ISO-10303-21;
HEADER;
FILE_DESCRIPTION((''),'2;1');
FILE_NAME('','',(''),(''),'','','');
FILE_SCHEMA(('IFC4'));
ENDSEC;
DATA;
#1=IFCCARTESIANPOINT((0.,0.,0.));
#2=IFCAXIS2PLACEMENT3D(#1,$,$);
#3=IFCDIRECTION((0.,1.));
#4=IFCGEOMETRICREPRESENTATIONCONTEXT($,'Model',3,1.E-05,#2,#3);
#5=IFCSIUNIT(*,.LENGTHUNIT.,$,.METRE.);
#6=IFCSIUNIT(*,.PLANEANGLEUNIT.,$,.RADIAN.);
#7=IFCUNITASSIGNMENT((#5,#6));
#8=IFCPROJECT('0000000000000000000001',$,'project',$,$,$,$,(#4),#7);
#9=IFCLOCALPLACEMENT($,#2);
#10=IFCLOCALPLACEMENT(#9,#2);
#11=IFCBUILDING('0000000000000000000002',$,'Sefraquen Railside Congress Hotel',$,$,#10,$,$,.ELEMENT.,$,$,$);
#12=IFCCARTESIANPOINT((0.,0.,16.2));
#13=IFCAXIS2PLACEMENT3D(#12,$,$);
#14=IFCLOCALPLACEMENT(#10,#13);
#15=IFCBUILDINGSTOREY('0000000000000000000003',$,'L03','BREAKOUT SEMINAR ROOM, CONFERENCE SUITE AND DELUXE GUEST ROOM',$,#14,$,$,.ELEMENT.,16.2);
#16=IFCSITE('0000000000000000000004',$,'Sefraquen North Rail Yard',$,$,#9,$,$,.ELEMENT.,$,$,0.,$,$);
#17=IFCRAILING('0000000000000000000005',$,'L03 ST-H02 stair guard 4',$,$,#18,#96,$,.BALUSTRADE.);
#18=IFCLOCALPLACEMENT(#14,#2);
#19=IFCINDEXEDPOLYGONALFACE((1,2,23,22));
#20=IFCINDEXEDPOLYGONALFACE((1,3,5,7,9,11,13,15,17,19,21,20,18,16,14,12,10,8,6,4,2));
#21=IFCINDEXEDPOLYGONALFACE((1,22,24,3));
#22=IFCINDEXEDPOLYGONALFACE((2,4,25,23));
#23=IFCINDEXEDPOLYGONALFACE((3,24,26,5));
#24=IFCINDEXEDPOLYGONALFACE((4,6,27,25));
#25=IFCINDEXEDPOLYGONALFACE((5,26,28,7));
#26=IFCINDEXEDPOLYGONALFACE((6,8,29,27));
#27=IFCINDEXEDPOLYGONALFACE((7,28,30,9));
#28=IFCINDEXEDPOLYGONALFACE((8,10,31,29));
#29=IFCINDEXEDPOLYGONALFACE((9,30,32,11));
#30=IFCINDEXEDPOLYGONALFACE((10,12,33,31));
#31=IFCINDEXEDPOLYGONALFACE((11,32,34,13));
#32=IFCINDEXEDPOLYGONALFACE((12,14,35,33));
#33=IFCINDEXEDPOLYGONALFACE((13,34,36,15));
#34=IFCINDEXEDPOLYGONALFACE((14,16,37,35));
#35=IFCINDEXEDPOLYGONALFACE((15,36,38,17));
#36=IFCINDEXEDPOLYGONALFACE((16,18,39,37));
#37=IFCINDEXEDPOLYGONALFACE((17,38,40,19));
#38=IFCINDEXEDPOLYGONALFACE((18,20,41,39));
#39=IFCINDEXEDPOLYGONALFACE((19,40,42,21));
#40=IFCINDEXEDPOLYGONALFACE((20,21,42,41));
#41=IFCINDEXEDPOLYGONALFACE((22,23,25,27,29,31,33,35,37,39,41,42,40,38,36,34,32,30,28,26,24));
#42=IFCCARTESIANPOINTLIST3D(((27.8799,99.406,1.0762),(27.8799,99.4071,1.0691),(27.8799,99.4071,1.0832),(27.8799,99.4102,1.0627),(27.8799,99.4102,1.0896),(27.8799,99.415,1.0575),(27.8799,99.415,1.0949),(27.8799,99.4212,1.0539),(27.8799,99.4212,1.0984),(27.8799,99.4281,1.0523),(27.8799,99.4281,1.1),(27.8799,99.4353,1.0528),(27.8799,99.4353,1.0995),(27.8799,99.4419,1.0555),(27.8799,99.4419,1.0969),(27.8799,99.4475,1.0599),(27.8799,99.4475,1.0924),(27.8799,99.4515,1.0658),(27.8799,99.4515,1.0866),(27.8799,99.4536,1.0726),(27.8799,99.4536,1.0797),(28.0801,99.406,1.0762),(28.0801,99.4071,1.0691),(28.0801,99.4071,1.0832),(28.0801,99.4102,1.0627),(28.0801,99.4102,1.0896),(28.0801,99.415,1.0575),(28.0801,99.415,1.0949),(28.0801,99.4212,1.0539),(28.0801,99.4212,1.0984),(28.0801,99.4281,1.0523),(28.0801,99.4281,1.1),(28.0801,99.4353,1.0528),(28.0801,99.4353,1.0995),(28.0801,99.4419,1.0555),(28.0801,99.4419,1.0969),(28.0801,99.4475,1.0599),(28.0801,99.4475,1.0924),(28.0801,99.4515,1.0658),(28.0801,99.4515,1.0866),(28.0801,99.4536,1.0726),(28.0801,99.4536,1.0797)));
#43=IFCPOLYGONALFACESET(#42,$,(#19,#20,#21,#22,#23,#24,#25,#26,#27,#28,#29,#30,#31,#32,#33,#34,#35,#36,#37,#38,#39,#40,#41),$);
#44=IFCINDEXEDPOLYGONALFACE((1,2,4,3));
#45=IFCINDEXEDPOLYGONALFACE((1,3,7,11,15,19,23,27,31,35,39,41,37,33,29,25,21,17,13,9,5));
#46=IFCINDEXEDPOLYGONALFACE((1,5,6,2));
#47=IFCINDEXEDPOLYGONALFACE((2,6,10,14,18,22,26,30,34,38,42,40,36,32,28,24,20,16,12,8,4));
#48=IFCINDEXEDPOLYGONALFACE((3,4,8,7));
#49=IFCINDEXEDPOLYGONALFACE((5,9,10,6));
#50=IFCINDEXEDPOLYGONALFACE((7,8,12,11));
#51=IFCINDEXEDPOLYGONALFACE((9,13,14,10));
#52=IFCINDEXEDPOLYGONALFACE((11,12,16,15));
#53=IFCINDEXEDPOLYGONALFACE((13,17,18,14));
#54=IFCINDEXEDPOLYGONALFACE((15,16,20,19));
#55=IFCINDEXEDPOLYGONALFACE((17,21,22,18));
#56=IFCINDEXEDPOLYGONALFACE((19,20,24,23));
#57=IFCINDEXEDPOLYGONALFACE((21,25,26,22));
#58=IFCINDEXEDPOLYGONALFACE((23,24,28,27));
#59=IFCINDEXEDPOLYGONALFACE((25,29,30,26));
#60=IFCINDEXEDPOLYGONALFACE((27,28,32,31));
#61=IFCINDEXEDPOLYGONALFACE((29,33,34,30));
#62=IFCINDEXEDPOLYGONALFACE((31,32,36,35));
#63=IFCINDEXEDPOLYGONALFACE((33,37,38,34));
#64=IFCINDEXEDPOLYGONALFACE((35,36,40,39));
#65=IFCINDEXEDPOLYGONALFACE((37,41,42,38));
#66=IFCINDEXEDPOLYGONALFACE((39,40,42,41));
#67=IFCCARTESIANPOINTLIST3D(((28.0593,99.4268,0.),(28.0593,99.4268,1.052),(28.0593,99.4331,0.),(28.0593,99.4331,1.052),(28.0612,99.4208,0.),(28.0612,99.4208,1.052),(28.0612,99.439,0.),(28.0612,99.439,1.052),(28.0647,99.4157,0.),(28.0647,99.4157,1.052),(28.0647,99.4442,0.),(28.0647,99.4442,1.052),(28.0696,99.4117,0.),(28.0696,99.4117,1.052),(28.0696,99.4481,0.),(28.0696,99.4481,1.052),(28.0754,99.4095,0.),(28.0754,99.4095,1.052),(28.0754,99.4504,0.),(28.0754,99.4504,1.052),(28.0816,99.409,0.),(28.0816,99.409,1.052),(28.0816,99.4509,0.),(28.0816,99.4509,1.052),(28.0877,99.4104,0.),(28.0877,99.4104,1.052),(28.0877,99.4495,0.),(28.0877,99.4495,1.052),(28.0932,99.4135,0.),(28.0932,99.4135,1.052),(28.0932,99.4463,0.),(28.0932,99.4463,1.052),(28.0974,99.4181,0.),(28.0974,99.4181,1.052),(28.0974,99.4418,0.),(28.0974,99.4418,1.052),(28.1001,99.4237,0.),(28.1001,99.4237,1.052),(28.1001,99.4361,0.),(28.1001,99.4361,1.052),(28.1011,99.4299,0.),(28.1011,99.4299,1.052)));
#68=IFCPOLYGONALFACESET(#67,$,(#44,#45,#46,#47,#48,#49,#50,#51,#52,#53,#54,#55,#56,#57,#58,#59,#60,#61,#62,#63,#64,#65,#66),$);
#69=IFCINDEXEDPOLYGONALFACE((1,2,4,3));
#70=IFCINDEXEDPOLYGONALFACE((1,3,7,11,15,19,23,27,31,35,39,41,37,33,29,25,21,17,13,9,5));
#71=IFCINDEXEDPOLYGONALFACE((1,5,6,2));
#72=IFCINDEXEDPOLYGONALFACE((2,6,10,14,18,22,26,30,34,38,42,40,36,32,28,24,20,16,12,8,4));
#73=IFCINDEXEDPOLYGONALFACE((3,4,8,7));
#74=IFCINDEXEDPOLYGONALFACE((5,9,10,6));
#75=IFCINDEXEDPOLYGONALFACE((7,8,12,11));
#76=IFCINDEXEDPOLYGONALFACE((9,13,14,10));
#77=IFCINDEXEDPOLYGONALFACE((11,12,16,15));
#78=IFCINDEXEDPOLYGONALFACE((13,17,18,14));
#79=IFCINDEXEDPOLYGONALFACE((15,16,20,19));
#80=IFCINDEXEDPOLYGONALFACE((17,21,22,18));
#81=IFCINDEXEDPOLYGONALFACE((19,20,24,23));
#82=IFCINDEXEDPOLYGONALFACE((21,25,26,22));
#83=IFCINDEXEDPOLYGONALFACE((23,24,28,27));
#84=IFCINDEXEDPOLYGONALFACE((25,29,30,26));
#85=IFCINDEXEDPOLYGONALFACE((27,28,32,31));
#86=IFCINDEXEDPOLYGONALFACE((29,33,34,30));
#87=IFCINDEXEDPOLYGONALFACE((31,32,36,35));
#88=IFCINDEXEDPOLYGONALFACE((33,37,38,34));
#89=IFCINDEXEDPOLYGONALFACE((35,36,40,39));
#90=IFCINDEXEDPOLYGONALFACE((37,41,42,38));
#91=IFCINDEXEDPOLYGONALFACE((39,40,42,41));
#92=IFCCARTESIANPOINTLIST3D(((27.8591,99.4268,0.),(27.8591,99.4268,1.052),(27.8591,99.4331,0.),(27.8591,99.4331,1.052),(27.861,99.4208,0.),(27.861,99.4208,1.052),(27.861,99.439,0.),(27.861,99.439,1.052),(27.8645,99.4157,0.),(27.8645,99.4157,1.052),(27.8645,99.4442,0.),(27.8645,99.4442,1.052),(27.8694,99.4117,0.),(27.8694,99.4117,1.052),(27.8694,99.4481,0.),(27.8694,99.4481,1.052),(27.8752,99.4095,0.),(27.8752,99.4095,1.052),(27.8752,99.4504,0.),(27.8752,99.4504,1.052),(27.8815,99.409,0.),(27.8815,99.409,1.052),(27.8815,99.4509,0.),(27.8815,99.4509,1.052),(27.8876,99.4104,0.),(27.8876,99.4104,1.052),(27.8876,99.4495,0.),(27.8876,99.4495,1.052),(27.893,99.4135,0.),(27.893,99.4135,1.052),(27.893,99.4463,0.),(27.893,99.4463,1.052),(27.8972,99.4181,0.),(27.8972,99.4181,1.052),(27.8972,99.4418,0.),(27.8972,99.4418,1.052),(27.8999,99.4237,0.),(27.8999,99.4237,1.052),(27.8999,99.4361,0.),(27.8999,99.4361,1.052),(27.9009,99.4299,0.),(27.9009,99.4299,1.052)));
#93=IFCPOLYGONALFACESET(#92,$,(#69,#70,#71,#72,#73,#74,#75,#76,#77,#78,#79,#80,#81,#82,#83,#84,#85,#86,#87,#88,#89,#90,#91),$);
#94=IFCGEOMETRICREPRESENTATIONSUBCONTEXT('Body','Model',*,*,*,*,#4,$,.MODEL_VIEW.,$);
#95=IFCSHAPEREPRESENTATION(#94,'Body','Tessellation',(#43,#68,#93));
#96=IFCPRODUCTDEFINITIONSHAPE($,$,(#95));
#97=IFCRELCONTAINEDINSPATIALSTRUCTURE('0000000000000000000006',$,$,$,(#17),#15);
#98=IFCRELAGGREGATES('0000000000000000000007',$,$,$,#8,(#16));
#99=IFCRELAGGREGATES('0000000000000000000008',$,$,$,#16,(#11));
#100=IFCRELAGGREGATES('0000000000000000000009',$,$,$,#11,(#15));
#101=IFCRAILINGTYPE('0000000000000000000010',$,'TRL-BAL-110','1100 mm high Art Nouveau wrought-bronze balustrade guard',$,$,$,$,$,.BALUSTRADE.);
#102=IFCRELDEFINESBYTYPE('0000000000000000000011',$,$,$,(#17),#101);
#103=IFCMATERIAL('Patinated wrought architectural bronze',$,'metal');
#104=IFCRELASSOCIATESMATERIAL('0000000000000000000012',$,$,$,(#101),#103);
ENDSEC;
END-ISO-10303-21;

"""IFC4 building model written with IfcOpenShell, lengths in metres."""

from ifc_helpers import new_model, si_unit, direction, frame, origin, origin_2d, place, context, subcontext, project, spatial, circle, extrude, material, type_object, element, save


model = new_model("IFC4")

# Units and contexts
model_context = context("Model", 3, precision=1e-05, world=origin(), true_north=direction((0.0, 1.0)))
body_context = subcontext(model_context, "Body", "Model", "MODEL_VIEW")
ifc_project = project(units=[si_unit("LENGTHUNIT", "METRE"), si_unit("PLANEANGLEUNIT", "RADIAN")], contexts=[model_context])

# Site, building, storey
site_placement = place(None, origin())
site = spatial("IfcSite", under=ifc_project, at=site_placement, Name="Sefraquen North Rail Yard", CompositionType="ELEMENT", RefElevation=0.0)
building_placement = place(site_placement, origin())
building = spatial("IfcBuilding", under=site, at=building_placement, Name="Sefraquen Railside Congress Hotel", CompositionType="ELEMENT")
storey_placement = place(building_placement, frame((0.0, 0.0, 16.2)))
storey = spatial("IfcBuildingStorey", under=building, at=storey_placement, Name="L03", Description="BREAKOUT SEMINAR ROOM, CONFERENCE SUITE AND DELUXE GUEST ROOM", CompositionType="ELEMENT", Elevation=16.2)

# Railing
ifc_material_1 = material(Name="Patinated wrought architectural bronze", Category="metal")
railing_type_1 = type_object("IfcRailingType", Name="TRL-BAL-110", Description="1100 mm high Art Nouveau wrought-bronze balustrade guard", PredefinedType="BALUSTRADE", material=ifc_material_1)
railing_1_placement = place(storey_placement, frame((28.0801, 99.4299, 0.0)))
element("IfcRailing", 1, at=railing_1_placement, inside=storey, type_object=railing_type_1, Name="L03 ST-H02 stair guard 4", PredefinedType="BALUSTRADE", context=body_context, shape_type="SweptSolid", body=[
    extrude(circle(Radius=0.0239, at=origin_2d()), frame((0.0, 0.0, 1.0762), z_axis=(-1.0, 0.0, 0.0), x_axis=(0.0, -1.0, 0.0)), (0.0, 0.0, 1.0), 0.2002),
    extrude(circle(Radius=0.021, at=origin_2d()), origin(), (0.0, 0.0, 1.0), 1.052),
    extrude(circle(Radius=0.021, at=origin_2d()), frame((-0.2002, 0.0, 0.0)), (0.0, 0.0, 1.0), 1.052),
])

save(model, "model.ifc")
